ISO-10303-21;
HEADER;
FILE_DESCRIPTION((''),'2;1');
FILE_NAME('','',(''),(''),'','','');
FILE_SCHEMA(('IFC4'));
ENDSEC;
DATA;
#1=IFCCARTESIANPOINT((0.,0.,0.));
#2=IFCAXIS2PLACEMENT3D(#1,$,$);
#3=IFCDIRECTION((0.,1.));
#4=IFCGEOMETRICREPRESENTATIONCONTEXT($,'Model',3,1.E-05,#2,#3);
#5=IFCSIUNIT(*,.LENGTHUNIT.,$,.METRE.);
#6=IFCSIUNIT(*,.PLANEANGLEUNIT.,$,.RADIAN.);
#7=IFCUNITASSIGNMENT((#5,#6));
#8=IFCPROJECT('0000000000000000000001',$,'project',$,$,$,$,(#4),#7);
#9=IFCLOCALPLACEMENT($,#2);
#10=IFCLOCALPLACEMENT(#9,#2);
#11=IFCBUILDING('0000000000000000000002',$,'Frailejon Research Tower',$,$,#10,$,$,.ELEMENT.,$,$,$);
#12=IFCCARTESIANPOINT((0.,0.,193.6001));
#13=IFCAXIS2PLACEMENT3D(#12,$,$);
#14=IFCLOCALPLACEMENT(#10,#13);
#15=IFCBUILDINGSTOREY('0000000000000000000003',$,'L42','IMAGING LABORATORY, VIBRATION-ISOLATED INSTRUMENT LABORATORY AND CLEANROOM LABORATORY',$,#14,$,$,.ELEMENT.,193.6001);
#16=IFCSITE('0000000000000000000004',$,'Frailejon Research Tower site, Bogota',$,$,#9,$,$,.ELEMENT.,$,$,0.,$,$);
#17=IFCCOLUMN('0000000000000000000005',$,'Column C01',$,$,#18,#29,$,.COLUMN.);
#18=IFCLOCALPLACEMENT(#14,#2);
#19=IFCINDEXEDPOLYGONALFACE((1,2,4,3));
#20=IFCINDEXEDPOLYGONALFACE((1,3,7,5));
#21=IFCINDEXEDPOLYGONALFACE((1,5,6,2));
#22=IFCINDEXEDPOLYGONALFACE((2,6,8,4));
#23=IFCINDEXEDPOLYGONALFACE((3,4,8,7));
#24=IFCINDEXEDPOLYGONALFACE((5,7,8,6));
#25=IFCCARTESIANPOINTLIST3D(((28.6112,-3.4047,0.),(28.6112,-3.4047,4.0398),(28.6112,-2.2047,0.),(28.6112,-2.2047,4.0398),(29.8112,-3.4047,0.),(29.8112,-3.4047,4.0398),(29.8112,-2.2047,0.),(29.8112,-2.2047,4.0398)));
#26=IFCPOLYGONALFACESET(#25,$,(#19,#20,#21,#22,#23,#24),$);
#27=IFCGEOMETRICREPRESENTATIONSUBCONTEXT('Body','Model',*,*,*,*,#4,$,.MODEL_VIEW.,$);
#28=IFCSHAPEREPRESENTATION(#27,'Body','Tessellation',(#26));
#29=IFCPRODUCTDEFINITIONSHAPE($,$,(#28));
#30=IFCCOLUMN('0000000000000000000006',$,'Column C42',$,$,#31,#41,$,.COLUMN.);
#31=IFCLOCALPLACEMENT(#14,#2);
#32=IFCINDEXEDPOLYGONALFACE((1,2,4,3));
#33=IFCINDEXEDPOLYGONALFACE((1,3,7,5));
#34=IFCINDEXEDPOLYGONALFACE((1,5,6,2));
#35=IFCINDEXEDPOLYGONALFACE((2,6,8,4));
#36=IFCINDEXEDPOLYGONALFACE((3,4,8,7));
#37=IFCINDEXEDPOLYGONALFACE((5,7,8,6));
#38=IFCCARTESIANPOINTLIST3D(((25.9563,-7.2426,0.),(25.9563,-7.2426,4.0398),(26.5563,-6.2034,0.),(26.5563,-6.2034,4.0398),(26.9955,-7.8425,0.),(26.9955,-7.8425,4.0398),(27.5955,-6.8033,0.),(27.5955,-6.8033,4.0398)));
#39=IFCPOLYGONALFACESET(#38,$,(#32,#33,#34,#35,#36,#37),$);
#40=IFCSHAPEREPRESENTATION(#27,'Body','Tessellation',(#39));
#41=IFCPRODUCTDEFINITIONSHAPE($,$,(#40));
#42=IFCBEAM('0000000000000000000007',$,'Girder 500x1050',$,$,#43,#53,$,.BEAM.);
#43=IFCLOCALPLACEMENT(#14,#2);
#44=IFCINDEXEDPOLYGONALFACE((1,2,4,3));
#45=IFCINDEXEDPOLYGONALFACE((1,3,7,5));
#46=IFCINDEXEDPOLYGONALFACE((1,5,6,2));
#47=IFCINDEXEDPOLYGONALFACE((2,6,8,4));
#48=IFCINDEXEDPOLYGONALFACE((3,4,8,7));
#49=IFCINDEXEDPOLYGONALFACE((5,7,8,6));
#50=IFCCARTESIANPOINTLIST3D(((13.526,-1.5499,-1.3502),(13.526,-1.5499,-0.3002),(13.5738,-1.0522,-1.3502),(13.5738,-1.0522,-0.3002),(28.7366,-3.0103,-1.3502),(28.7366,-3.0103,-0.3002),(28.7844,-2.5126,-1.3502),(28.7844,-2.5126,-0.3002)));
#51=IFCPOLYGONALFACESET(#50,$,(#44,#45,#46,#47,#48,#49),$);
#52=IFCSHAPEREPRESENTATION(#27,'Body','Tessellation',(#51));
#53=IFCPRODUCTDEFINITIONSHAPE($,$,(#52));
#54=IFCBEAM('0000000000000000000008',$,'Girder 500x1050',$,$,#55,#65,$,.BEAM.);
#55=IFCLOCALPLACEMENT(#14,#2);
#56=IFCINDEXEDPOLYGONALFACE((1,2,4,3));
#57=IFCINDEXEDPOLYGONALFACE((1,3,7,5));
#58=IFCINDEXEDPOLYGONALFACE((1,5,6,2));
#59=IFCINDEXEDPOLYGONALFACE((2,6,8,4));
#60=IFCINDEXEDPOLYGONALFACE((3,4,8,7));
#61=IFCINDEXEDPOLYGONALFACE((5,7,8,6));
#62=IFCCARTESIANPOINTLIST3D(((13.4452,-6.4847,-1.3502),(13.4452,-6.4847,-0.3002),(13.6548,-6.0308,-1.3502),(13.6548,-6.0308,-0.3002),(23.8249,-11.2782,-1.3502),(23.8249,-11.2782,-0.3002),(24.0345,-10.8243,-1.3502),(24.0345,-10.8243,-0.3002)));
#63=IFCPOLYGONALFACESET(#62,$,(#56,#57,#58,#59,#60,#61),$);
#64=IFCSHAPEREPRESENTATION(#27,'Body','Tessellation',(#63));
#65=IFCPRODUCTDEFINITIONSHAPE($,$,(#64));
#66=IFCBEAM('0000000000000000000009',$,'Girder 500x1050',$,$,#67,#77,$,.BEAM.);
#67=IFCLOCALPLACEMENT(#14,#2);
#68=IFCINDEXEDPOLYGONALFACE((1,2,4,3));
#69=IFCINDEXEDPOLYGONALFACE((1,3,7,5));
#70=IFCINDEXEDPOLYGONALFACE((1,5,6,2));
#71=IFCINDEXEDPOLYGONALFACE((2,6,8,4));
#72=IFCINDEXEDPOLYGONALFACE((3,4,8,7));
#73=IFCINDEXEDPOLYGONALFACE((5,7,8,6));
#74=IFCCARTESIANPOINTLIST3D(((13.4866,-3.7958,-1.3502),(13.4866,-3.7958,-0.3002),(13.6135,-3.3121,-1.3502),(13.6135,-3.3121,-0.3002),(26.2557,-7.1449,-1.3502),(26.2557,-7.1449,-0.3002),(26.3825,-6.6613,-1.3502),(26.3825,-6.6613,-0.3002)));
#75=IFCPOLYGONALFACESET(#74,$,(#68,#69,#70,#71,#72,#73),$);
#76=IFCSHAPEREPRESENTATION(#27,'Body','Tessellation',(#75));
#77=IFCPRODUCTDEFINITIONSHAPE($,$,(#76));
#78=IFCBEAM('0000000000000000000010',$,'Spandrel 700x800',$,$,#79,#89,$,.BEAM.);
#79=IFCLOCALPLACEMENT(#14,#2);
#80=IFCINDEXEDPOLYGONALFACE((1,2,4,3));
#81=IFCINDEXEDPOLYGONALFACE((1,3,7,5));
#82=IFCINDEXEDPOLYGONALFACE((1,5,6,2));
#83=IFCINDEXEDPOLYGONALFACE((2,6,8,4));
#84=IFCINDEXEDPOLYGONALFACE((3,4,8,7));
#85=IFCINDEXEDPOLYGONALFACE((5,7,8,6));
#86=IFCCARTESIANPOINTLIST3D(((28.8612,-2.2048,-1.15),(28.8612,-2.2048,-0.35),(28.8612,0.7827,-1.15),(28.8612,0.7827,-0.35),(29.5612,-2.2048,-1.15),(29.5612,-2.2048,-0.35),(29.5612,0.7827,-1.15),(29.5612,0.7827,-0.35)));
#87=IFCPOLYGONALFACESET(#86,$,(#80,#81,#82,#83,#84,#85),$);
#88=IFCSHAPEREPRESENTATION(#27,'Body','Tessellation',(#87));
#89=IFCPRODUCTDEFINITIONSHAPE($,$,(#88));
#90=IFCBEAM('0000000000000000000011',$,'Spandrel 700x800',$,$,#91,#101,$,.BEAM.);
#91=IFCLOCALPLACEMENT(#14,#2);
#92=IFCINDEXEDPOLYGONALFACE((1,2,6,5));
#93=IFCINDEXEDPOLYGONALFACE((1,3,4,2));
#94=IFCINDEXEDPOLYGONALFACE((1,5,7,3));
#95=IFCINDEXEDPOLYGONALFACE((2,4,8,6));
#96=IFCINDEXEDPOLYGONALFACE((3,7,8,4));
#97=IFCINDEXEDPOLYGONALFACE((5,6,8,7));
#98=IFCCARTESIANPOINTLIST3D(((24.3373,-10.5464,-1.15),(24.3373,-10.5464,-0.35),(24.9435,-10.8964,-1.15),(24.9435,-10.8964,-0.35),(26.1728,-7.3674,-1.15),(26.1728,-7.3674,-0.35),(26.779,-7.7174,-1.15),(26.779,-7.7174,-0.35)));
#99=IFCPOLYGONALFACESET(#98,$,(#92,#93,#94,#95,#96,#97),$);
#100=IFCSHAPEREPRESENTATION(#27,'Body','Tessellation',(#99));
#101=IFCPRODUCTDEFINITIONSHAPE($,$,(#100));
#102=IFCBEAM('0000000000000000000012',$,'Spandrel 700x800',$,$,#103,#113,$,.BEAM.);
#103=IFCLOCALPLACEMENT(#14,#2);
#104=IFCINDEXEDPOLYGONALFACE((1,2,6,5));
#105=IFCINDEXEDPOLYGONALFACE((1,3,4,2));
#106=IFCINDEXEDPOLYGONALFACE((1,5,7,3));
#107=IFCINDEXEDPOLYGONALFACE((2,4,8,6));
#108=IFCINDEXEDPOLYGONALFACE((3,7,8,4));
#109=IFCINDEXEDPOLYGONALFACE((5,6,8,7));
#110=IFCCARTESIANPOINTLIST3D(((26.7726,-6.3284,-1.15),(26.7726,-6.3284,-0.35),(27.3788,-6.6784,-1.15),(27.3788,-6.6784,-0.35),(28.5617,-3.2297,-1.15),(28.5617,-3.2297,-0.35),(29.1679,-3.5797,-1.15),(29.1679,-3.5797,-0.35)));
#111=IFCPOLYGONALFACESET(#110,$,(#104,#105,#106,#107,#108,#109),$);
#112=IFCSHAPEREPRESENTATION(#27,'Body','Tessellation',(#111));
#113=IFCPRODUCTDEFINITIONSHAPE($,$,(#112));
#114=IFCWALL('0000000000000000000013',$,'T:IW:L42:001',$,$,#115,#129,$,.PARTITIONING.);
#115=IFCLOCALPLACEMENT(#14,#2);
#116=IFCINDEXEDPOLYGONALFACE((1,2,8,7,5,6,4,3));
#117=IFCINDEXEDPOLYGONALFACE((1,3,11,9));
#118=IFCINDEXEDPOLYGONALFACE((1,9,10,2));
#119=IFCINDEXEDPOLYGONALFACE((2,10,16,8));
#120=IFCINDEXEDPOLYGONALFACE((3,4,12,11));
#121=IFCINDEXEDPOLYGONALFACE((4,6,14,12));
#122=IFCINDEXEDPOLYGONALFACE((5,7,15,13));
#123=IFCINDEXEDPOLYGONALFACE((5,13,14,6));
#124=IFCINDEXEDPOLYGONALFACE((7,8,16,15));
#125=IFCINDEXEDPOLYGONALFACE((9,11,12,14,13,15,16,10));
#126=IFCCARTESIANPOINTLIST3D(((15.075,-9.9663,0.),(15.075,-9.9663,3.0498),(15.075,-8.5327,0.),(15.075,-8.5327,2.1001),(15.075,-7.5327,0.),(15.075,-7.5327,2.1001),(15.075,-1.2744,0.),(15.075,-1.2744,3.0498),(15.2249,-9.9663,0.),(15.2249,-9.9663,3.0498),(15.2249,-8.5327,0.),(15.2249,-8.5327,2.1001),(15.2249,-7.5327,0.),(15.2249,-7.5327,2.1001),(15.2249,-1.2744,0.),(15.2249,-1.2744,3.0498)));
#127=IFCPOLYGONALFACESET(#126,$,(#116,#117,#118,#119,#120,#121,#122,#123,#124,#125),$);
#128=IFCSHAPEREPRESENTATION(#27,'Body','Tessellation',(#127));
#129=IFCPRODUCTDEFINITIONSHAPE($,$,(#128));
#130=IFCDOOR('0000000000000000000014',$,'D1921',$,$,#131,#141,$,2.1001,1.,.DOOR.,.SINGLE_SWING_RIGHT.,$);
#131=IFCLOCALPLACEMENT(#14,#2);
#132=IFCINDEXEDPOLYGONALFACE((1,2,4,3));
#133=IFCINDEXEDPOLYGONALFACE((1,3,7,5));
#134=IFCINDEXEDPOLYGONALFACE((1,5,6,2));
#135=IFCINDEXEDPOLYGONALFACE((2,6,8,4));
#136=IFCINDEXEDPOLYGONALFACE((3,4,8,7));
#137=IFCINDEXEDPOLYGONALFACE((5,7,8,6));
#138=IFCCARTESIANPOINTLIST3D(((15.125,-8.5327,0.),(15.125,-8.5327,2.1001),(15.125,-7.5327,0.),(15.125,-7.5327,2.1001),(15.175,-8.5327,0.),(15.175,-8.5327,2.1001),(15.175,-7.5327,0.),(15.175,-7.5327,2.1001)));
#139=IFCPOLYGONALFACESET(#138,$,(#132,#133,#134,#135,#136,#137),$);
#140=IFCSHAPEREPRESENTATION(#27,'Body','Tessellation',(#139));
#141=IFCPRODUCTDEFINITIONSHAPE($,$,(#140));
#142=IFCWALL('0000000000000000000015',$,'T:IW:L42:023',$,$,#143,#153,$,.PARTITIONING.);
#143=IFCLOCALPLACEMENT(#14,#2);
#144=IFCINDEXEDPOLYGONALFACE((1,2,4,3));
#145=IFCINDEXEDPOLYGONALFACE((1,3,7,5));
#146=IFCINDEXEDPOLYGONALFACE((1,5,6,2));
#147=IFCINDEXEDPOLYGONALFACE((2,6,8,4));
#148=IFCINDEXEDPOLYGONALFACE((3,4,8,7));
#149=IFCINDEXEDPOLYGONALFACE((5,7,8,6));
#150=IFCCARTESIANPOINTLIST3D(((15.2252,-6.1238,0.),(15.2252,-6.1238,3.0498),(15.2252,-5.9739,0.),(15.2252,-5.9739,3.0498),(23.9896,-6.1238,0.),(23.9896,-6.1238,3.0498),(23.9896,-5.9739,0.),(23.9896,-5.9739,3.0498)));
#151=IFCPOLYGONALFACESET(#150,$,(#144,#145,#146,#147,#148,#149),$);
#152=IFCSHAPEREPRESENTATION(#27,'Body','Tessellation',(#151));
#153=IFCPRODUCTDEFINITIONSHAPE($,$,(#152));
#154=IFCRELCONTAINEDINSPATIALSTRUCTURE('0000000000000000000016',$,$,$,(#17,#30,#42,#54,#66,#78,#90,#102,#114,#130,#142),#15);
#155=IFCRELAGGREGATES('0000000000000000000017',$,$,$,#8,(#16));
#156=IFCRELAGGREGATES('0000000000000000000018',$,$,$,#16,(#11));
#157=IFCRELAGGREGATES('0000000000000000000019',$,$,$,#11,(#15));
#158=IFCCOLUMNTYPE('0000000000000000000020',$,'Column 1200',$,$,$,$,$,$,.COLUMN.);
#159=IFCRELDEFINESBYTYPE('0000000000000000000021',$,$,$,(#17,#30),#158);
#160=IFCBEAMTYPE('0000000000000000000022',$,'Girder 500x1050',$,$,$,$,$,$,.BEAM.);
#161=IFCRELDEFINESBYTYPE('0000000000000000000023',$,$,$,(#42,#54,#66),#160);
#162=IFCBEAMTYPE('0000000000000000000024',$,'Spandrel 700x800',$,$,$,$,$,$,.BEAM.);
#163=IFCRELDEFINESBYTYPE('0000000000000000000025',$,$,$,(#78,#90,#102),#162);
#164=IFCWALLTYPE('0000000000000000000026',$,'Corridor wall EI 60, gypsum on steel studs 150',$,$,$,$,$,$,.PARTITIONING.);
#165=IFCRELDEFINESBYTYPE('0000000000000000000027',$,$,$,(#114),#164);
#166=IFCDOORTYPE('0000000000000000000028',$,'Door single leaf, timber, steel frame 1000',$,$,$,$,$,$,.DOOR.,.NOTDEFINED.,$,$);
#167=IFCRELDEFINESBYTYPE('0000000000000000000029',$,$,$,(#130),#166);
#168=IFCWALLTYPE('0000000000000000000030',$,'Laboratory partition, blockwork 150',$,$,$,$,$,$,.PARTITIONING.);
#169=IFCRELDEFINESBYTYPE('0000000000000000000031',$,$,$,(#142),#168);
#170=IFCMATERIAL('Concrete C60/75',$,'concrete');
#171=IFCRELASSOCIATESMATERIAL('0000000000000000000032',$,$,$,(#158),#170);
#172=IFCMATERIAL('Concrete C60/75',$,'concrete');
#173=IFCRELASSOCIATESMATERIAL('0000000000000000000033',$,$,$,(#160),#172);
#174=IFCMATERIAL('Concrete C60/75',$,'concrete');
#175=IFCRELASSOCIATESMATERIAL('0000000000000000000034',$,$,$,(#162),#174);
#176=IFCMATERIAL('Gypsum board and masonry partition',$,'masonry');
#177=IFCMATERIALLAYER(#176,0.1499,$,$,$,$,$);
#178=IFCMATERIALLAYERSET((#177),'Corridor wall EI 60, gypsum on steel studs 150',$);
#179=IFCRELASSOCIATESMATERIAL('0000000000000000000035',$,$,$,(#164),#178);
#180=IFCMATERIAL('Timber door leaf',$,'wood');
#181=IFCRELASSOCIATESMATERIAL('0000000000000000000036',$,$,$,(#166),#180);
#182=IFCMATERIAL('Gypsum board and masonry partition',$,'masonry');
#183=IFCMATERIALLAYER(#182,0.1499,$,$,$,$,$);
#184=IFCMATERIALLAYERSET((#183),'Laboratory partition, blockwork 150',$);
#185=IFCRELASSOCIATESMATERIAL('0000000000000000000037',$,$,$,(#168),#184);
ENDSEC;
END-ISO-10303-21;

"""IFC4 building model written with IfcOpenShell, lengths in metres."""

from ifc_helpers import new_model, si_unit, direction, frame, frame_2d, origin, origin_2d, place, context, subcontext, project, spatial, rectangle, extrude, material, layer, layer_set, material_profile, profile_set, type_object, element, fill, save


model = new_model("IFC4")

# Units and contexts
model_context = context("Model", 3, precision=1e-05, world=origin(), true_north=direction((0.0, 1.0)))
body_context = subcontext(model_context, "Body", "Model", "MODEL_VIEW")
ifc_project = project(units=[si_unit("LENGTHUNIT", "METRE"), si_unit("PLANEANGLEUNIT", "RADIAN")], contexts=[model_context])

# Site, building, storey
site_placement = place(None, origin())
site = spatial("IfcSite", under=ifc_project, at=site_placement, Name="Frailejon Research Tower site, Bogota", CompositionType="ELEMENT", RefElevation=0.0)
building_placement = place(site_placement, origin())
building = spatial("IfcBuilding", under=site, at=building_placement, Name="Frailejon Research Tower", CompositionType="ELEMENT")
storey_placement = place(building_placement, frame((0.0, 0.0, 193.6001)))
storey = spatial("IfcBuildingStorey", under=building, at=storey_placement, Name="L42", Description="IMAGING LABORATORY, VIBRATION-ISOLATED INSTRUMENT LABORATORY AND CLEANROOM LABORATORY", CompositionType="ELEMENT", Elevation=193.6001)

# Columns
ifc_material_1 = material(Name="Concrete C60/75", Category="concrete")
ifc_material_profile_1 = material_profile(ifc_material_1, rectangle(XDim=1.2, YDim=1.2, at=origin_2d()), Name="Column 1200")
ifc_profile_set_1 = profile_set([ifc_material_profile_1], Name="Concrete C60/75")
column_type = type_object("IfcColumnType", Name="Column 1200", PredefinedType="COLUMN", material=ifc_profile_set_1)
for number, where, z_axis, x_axis, name in (
    (1, (29.2112, -2.8047, 0.0), (0.0, 0.0, 1.0), (0.0, 1.0, 0.0), "Column C01"),
    (2, (26.7759, -7.0229, 0.0), (0.0, 0.0, 1.0), (0.5, 0.866025, 0.0), "Column C42"),
):
    element("IfcColumn", number, at=place(storey_placement, frame(where, z_axis=z_axis, x_axis=x_axis)), inside=storey, type_object=column_type, Name=name, PredefinedType="COLUMN", context=body_context, shape_type="SweptSolid", body=[
        extrude(rectangle(XDim=1.2, YDim=1.2, at=origin_2d()), origin(), (0.0, 0.0, 1.0), 4.0398),
    ])

# Beams
ifc_material_2 = material(Name="Concrete C60/75", Category="concrete")
ifc_material_profile_2 = material_profile(ifc_material_2, rectangle(XDim=0.5, YDim=1.05, at=origin_2d()), Name="Girder 500x1050")
ifc_profile_set_2 = profile_set([ifc_material_profile_2], Name="Concrete C60/75")
beam_type_1 = type_object("IfcBeamType", Name="Girder 500x1050", PredefinedType="BEAM", material=ifc_profile_set_2)
beam_1_placement = place(storey_placement, frame((28.7605, -2.7615, -0.8252), z_axis=(-0.995422, 0.095577, 0.0), x_axis=(-0.095577, -0.995422, 0.0)))
element("IfcBeam", 3, at=beam_1_placement, inside=storey, type_object=beam_type_1, Name="Girder 500x1050", PredefinedType="BEAM", context=body_context, shape_type="SweptSolid", body=[
    extrude(rectangle(XDim=0.5, YDim=1.05, at=origin_2d()), origin(), (0.0, 0.0, 1.0), 15.2805),
])
beam_2_placement = place(storey_placement, frame((23.9297, -11.0513, -0.8252), z_axis=(-0.907864, 0.419264, 0.0), x_axis=(-0.419264, -0.907864, 0.0)))
element("IfcBeam", 4, at=beam_2_placement, inside=storey, type_object=beam_type_1, Name="Girder 500x1050", PredefinedType="BEAM", context=body_context, shape_type="SweptSolid", body=[
    extrude(rectangle(XDim=0.5, YDim=1.05, at=origin_2d()), origin(), (0.0, 0.0, 1.0), 11.4331),
])
beam_3_placement = place(storey_placement, frame((26.3191, -6.9031, -0.8252), z_axis=(-0.967282, 0.253703, 0.0), x_axis=(-0.253703, -0.967282, 0.0)))
element("IfcBeam", 5, at=beam_3_placement, inside=storey, type_object=beam_type_1, Name="Girder 500x1050", PredefinedType="BEAM", context=body_context, shape_type="SweptSolid", body=[
    extrude(rectangle(XDim=0.5, YDim=1.05, at=origin_2d()), origin(), (0.0, 0.0, 1.0), 13.2009),
])
ifc_material_3 = material(Name="Concrete C60/75", Category="concrete")
ifc_material_profile_3 = material_profile(ifc_material_3, rectangle(XDim=0.7, YDim=0.8, at=origin_2d()), Name="Spandrel 700x800")
ifc_profile_set_3 = profile_set([ifc_material_profile_3], Name="Concrete C60/75")
beam_type_2 = type_object("IfcBeamType", Name="Spandrel 700x800", PredefinedType="BEAM", material=ifc_profile_set_3)
beam_4_placement = place(storey_placement, frame((29.2112, -2.2048, -0.75), z_axis=(0.0, 1.0, 0.0), x_axis=(-1.0, 0.0, 0.0)))
element("IfcBeam", 6, at=beam_4_placement, inside=storey, type_object=beam_type_2, Name="Spandrel 700x800", PredefinedType="BEAM", context=body_context, shape_type="SweptSolid", body=[
    extrude(rectangle(XDim=0.7, YDim=0.8, at=origin_2d()), origin(), (0.0, 0.0, 1.0), 2.9875),
])
beam_5_placement = place(storey_placement, frame((24.6404, -10.7214, -0.75), z_axis=(0.500016, 0.866016, 0.0), x_axis=(-0.866016, 0.500016, 0.0)))
element("IfcBeam", 7, at=beam_5_placement, inside=storey, type_object=beam_type_2, Name="Spandrel 700x800", PredefinedType="BEAM", context=body_context, shape_type="SweptSolid", body=[
    extrude(rectangle(XDim=0.7, YDim=0.8, at=origin_2d()), origin(), (0.0, 0.0, 1.0), 3.6709),
])
beam_6_placement = place(storey_placement, frame((27.0757, -6.5034, -0.75), z_axis=(0.500014, 0.866017, 0.0), x_axis=(-0.866017, 0.500014, 0.0)))
element("IfcBeam", 8, at=beam_6_placement, inside=storey, type_object=beam_type_2, Name="Spandrel 700x800", PredefinedType="BEAM", context=body_context, shape_type="SweptSolid", body=[
    extrude(rectangle(XDim=0.7, YDim=0.8, at=origin_2d()), origin(), (0.0, 0.0, 1.0), 3.5781),
])

# Wall, opening, door
ifc_material_4 = material(Name="Gypsum board and masonry partition", Category="masonry")
ifc_layer_1 = layer(ifc_material_4, 0.1499)
ifc_layer_set_1 = layer_set([ifc_layer_1], Name="Corridor wall EI 60, gypsum on steel studs 150")
wall_type_1 = type_object("IfcWallType", Name="Corridor wall EI 60, gypsum on steel studs 150", PredefinedType="PARTITIONING", material=ifc_layer_set_1)
wall_1_placement = place(storey_placement, frame((15.1499, -9.9663, 0.0), z_axis=(0.0, 0.0, 1.0), x_axis=(0.0, 1.0, 0.0)))
wall_1 = element("IfcWall", 9, at=wall_1_placement, inside=storey, type_object=wall_type_1, Name="T:IW:L42:001", PredefinedType="PARTITIONING", context=body_context, shape_type="SweptSolid", body=[
    extrude(rectangle(XDim=8.6919, YDim=0.1499, at=frame_2d((4.3459, 0.0))), origin(), (0.0, 0.0, 1.0), 3.0498),
])
opening_1_placement = place(wall_1_placement, frame((1.4336, 0.0, 0.0)))
opening_1 = element("IfcOpeningElement", 10, at=opening_1_placement, cuts=wall_1, PredefinedType="OPENING", context=body_context, shape_type="SweptSolid", body=[
    extrude(rectangle(XDim=1.0, YDim=2.1001, at=frame_2d((0.5, 1.05))), frame((0.0, 0.085, 0.0), z_axis=(0.0, -1.0, 0.0), x_axis=(1.0, 0.0, 0.0)), (0.0, 0.0, 1.0), 0.1699),
])
ifc_material_5 = material(Name="Timber door leaf", Category="wood")
door_type = type_object("IfcDoorType", Name="Door single leaf, timber, steel frame 1000", OperationType="NOTDEFINED", PredefinedType="DOOR", material=ifc_material_5)
door_1_placement = place(opening_1_placement, origin())
door_1 = element("IfcDoor", 11, at=door_1_placement, inside=storey, type_object=door_type, Name="D1921", OperationType="SINGLE_SWING_RIGHT", OverallHeight=2.1001, OverallWidth=1.0, PredefinedType="DOOR", context=body_context, shape_type="SweptSolid", body=[
    extrude(rectangle(XDim=1.0, YDim=2.1001, at=frame_2d((0.5, 1.05))), frame((0.0, 0.0249, 0.0), z_axis=(0.0, -1.0, 0.0), x_axis=(1.0, 0.0, 0.0)), (0.0, 0.0, 1.0), 0.05),
])
fill(opening_1, door_1)

# Wall
ifc_material_6 = material(Name="Gypsum board and masonry partition", Category="masonry")
ifc_layer_2 = layer(ifc_material_6, 0.1499)
ifc_layer_set_2 = layer_set([ifc_layer_2], Name="Laboratory partition, blockwork 150")
wall_type_2 = type_object("IfcWallType", Name="Laboratory partition, blockwork 150", PredefinedType="PARTITIONING", material=ifc_layer_set_2)
wall_2_placement = place(storey_placement, frame((15.2251, -6.0488, 0.0), z_axis=(0.0, 0.0, 1.0), x_axis=(1.0, 0.0, 0.0)))
element("IfcWall", 12, at=wall_2_placement, inside=storey, type_object=wall_type_2, Name="T:IW:L42:023", PredefinedType="PARTITIONING", context=body_context, shape_type="SweptSolid", body=[
    extrude(rectangle(XDim=8.7644, YDim=0.1499, at=frame_2d((4.3823, 0.0))), origin(), (0.0, 0.0, 1.0), 3.0498),
])

save(model, "model.ifc")
